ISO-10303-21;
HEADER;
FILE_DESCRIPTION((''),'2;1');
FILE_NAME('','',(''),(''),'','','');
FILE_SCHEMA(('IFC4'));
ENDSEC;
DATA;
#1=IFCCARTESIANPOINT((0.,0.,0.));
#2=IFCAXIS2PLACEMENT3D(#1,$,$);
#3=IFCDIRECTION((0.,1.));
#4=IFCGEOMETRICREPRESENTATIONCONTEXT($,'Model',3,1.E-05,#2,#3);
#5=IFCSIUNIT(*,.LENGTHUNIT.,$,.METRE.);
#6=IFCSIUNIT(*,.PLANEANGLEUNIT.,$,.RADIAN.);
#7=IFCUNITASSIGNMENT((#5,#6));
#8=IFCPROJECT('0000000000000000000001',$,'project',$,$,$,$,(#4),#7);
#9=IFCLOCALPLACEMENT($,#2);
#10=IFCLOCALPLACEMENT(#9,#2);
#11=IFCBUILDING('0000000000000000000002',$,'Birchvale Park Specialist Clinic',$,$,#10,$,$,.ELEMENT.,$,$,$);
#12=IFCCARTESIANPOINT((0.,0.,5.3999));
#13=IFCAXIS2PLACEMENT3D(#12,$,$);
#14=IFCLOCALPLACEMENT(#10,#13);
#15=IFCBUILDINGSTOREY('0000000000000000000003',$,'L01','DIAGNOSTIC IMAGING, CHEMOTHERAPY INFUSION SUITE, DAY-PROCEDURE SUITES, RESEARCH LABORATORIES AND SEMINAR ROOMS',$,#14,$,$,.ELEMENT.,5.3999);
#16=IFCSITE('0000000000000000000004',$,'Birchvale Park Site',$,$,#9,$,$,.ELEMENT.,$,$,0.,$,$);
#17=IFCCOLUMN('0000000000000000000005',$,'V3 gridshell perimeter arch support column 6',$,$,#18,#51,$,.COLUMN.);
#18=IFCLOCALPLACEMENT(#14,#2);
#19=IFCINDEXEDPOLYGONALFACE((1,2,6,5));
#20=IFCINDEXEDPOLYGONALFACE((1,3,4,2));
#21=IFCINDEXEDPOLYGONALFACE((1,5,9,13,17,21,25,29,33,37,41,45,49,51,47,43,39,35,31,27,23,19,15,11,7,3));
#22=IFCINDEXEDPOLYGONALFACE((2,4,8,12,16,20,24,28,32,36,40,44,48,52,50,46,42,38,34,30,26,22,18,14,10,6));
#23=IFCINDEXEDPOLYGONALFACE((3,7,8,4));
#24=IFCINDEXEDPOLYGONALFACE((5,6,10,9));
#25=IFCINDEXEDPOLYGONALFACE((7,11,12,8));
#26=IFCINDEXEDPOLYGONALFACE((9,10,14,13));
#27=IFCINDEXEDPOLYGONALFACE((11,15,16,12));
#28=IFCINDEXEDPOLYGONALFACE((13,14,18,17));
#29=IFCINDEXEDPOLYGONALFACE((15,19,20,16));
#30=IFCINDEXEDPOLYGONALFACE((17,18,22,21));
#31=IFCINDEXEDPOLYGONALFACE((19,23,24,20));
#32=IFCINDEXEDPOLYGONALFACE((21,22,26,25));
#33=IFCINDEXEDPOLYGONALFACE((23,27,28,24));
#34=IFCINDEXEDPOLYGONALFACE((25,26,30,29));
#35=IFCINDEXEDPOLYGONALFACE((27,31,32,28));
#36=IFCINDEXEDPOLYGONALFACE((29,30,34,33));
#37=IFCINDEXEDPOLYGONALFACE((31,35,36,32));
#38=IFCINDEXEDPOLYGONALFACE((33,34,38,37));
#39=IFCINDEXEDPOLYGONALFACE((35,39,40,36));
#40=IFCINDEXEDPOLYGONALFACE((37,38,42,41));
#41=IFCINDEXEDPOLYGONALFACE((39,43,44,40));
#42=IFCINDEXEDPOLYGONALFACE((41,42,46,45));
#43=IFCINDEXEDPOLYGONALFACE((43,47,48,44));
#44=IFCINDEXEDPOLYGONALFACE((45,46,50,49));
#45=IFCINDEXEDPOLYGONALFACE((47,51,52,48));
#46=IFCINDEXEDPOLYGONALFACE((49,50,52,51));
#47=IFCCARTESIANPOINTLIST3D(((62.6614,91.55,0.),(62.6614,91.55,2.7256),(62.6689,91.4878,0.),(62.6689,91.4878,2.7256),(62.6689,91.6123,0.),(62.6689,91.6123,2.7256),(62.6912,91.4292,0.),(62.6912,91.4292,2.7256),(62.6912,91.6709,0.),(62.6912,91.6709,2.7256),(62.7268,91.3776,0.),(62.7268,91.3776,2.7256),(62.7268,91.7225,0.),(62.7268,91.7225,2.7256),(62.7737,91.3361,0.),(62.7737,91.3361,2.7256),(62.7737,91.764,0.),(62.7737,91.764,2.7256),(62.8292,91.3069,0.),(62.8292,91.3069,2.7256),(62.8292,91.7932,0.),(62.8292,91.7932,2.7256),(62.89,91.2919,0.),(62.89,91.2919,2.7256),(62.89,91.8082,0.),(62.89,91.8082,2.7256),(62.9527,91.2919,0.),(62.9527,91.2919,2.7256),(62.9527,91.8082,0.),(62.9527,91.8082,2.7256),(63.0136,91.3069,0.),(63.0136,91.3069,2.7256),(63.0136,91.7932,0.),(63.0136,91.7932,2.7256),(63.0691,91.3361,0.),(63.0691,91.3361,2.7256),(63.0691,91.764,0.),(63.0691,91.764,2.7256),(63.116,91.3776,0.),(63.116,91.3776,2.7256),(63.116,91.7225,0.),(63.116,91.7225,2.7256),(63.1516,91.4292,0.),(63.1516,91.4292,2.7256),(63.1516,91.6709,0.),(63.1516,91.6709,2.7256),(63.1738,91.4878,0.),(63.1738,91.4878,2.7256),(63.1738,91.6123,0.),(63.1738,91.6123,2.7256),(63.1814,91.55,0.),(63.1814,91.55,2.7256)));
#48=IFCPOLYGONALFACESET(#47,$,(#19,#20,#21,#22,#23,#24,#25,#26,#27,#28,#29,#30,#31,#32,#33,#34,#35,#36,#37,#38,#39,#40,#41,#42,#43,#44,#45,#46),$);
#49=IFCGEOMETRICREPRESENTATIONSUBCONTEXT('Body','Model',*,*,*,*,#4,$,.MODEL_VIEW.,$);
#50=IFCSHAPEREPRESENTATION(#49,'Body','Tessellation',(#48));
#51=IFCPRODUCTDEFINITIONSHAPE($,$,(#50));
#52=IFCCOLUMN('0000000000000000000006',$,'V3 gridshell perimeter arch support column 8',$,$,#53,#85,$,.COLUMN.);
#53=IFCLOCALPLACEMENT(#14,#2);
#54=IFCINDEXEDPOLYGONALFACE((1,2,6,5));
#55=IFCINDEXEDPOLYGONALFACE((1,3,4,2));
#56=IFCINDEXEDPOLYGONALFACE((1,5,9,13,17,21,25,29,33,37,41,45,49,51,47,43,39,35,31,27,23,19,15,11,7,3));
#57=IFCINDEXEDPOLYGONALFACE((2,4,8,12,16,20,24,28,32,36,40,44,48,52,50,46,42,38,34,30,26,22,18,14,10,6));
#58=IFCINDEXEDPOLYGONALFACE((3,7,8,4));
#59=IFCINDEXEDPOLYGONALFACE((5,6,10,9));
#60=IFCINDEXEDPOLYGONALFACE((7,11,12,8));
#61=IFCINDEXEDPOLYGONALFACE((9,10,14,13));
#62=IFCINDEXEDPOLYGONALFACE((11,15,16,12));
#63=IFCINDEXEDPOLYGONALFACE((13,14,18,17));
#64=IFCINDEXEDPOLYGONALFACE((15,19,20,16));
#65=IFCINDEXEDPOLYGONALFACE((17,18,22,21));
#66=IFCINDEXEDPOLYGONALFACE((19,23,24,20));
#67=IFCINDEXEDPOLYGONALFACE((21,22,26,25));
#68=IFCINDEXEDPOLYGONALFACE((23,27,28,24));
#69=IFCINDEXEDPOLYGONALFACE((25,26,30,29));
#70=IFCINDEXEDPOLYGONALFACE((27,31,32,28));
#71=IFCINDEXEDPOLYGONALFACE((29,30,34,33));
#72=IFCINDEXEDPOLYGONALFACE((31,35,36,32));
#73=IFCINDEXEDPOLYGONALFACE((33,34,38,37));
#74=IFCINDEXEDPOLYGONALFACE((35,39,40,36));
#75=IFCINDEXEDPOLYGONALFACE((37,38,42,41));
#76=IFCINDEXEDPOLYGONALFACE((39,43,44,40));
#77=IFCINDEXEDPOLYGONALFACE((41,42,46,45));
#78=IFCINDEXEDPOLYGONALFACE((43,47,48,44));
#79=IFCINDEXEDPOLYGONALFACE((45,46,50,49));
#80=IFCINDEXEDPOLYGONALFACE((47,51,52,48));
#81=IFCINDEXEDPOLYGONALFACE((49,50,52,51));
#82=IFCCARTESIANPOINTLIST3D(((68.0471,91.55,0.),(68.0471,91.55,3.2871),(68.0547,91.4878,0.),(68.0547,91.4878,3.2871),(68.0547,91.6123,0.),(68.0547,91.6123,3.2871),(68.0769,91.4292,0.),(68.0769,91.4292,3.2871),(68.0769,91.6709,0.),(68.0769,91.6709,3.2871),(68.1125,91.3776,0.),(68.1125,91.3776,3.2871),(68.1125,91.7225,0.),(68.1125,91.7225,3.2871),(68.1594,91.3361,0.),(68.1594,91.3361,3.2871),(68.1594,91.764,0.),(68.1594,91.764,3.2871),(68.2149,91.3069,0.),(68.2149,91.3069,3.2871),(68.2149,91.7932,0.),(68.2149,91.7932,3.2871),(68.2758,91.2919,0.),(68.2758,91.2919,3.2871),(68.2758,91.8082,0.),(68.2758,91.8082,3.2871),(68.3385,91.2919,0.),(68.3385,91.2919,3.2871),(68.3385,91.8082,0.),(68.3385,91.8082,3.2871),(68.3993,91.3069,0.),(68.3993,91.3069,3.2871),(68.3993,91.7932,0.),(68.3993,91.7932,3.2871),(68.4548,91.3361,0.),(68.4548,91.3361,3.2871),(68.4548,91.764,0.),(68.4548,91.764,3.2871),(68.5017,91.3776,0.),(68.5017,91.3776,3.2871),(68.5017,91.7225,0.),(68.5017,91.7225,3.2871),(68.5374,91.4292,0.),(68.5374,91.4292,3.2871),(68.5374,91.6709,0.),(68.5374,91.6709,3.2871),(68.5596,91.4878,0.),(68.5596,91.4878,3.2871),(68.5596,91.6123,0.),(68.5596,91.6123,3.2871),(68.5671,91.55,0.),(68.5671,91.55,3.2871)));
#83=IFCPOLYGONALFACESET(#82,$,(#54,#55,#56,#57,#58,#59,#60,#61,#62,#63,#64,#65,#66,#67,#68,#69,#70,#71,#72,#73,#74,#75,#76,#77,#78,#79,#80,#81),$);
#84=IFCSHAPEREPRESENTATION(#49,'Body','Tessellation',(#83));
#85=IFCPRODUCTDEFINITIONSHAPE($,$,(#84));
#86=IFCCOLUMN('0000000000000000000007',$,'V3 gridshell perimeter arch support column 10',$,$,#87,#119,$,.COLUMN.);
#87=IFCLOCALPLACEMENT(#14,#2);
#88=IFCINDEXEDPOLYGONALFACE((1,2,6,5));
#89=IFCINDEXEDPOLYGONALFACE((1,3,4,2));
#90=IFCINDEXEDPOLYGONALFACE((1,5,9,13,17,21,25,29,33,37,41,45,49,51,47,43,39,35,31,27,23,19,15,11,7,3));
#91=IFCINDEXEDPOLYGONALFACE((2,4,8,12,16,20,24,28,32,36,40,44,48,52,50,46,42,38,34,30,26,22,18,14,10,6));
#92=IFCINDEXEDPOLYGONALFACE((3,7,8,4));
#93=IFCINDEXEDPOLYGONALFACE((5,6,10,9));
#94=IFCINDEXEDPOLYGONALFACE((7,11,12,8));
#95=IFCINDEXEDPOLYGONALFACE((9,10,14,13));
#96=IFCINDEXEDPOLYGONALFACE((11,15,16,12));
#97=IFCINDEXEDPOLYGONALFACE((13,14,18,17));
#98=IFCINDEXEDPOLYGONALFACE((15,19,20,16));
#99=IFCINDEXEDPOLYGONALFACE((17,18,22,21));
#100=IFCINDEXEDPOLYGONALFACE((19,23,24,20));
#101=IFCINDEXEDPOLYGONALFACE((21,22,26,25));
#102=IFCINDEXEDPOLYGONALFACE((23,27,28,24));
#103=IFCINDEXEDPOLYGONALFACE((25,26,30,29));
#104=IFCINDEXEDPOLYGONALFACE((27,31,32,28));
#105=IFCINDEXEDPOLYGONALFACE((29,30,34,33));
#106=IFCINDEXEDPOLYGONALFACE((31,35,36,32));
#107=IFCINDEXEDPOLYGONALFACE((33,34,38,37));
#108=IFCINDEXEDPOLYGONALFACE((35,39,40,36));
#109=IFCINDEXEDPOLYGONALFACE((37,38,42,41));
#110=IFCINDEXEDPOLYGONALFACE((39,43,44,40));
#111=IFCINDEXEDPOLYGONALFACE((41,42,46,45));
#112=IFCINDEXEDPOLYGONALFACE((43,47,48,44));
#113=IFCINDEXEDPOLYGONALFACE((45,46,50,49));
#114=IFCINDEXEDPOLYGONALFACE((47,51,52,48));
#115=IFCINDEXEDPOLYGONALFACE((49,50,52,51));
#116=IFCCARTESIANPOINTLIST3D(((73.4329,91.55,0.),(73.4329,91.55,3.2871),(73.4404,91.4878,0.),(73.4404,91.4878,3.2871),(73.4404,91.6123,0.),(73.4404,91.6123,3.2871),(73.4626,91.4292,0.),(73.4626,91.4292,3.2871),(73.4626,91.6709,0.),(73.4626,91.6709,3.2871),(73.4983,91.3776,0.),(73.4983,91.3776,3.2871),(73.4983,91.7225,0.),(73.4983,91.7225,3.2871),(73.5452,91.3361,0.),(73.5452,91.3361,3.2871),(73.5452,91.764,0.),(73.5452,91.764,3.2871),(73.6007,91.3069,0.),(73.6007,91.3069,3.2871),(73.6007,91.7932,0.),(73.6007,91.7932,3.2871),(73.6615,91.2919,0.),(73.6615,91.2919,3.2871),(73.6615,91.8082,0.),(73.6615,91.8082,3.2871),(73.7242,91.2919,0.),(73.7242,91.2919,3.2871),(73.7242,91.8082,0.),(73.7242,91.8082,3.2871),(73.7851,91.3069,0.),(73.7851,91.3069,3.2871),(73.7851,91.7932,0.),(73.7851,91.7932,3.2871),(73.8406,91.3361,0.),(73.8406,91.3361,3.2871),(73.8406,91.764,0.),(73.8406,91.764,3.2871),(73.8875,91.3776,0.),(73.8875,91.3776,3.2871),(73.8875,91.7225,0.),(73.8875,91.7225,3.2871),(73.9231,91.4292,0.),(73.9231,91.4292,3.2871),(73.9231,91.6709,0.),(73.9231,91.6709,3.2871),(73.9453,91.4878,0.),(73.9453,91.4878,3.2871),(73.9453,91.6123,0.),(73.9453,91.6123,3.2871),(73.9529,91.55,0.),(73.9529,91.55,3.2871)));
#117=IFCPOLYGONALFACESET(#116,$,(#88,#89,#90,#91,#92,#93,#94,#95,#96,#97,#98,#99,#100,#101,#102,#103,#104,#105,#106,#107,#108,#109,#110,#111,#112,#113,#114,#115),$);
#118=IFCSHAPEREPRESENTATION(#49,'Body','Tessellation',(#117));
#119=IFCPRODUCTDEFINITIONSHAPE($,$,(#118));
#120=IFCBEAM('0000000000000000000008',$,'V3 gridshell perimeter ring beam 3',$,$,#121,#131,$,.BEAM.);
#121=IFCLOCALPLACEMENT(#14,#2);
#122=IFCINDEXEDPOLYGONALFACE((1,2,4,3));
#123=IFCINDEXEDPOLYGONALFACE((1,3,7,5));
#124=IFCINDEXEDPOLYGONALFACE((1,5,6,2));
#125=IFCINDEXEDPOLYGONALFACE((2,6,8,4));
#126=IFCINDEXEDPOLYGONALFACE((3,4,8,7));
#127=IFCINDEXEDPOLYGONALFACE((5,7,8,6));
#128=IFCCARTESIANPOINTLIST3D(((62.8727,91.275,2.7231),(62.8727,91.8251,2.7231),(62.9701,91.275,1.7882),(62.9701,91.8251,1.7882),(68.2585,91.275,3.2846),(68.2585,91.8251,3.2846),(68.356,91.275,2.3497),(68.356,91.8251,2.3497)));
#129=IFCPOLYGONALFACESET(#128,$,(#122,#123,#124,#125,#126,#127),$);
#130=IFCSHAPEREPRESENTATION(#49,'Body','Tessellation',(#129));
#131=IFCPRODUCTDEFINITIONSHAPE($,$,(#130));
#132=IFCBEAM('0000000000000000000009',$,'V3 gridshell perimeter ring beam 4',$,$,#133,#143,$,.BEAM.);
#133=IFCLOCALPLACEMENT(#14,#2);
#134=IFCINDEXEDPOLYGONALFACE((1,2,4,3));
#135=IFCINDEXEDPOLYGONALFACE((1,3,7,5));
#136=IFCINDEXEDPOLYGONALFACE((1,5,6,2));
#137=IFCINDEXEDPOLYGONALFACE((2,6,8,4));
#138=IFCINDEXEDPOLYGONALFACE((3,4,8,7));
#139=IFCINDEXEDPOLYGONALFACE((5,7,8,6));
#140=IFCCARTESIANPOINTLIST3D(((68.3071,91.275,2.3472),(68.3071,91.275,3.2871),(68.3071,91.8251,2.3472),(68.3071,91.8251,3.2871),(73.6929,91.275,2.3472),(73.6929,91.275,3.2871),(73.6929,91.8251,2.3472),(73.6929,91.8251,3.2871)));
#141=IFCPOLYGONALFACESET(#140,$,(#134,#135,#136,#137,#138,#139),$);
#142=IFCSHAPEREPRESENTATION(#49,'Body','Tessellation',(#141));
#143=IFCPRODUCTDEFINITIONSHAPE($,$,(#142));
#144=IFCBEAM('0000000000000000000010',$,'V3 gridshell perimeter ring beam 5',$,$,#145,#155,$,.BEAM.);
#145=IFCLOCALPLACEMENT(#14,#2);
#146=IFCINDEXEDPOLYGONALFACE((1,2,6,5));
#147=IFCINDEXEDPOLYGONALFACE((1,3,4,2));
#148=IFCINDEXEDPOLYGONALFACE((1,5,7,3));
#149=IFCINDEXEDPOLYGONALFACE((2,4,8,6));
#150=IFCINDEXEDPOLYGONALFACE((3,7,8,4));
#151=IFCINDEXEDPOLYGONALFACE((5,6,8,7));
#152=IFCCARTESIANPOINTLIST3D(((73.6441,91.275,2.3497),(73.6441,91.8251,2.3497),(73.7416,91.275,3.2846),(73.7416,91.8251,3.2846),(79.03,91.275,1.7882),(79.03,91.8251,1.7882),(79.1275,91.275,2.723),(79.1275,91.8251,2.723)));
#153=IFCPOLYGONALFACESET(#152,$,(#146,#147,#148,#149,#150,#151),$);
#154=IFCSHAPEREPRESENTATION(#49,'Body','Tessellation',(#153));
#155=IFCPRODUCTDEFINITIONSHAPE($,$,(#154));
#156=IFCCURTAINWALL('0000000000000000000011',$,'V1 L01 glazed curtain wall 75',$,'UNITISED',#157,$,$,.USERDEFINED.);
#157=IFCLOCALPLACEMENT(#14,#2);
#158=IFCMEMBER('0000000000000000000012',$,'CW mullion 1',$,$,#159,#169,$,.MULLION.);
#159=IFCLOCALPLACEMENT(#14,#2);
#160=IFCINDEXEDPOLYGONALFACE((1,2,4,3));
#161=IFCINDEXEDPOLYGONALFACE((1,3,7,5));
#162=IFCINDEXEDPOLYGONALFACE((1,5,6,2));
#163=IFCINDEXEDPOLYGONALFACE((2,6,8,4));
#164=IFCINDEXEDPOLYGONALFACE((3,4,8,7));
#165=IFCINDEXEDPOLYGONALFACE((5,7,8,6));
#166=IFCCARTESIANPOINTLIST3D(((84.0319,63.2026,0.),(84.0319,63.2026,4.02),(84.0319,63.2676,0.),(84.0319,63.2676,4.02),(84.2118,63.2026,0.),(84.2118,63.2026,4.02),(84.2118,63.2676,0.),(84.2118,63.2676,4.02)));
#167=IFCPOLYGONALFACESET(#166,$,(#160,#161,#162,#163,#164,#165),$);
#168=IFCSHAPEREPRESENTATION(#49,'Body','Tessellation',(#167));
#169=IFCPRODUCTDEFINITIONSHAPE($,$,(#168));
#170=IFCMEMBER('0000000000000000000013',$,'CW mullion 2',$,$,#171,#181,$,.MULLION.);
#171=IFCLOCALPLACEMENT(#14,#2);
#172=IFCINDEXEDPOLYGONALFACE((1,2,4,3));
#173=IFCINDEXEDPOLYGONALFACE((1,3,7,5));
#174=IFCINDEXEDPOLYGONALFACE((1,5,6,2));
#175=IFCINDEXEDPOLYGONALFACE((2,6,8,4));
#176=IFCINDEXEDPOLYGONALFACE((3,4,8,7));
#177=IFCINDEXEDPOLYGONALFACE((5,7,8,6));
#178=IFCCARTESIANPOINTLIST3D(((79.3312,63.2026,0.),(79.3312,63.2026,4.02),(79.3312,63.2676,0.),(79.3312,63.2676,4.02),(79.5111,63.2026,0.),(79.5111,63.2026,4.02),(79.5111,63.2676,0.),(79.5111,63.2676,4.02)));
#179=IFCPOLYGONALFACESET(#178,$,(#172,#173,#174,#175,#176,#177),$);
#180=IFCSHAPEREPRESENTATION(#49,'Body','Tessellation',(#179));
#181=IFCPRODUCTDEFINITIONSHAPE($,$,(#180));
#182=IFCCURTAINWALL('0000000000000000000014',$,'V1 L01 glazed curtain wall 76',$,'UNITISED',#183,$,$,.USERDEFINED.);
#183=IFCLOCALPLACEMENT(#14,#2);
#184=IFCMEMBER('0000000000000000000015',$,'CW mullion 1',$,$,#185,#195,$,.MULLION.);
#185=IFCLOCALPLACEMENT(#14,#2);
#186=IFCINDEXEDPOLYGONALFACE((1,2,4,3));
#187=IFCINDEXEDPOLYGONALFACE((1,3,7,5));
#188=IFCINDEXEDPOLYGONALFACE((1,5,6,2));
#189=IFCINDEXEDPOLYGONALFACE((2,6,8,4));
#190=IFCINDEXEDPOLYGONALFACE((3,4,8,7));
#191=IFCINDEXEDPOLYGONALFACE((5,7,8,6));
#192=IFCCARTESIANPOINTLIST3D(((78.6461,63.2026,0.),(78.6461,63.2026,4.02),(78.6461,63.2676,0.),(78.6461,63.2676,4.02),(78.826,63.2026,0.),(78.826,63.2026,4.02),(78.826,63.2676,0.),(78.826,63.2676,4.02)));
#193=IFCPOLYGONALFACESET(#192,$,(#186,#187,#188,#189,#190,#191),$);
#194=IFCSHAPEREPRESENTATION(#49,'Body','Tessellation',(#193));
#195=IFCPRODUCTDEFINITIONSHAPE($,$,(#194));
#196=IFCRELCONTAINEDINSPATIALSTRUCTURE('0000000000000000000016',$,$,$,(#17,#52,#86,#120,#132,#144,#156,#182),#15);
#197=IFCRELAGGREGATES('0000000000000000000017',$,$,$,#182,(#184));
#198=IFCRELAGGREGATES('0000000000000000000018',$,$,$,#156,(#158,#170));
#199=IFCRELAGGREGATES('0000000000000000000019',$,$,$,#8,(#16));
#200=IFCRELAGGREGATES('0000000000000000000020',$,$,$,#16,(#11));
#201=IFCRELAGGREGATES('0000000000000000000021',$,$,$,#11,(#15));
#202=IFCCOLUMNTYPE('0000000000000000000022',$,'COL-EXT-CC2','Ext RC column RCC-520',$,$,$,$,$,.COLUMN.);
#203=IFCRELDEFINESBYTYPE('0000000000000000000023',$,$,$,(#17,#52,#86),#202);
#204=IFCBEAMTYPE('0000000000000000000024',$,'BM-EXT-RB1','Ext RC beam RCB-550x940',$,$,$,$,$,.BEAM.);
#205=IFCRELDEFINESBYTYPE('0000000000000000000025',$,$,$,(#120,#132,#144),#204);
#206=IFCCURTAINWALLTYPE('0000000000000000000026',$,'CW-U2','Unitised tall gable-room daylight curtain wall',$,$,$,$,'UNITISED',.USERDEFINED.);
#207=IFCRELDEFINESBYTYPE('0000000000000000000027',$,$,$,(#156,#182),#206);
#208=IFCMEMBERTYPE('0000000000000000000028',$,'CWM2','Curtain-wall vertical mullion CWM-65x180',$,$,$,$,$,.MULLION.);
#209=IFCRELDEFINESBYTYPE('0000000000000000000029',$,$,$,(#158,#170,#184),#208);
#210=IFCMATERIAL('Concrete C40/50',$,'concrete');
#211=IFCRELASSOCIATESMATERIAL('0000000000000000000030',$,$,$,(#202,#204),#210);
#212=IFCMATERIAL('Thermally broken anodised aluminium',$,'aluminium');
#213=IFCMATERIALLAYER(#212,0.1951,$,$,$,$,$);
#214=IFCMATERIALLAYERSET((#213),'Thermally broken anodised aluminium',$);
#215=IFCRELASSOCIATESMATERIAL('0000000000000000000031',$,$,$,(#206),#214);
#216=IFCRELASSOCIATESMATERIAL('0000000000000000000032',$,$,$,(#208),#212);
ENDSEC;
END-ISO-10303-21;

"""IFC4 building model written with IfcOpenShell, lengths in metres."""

from ifc_helpers import new_model, si_unit, direction, frame, origin, origin_2d, place, context, subcontext, project, spatial, rectangle, circle, extrude, material, layer, layer_set, material_profile, profile_set, type_object, element, aggregate, save


model = new_model("IFC4")

# Units and contexts
model_context = context("Model", 3, precision=1e-05, world=origin(), true_north=direction((0.0, 1.0)))
body_context = subcontext(model_context, "Body", "Model", "MODEL_VIEW")
ifc_project = project(units=[si_unit("LENGTHUNIT", "METRE"), si_unit("PLANEANGLEUNIT", "RADIAN")], contexts=[model_context])

# Site, building, storey
site_placement = place(None, origin())
site = spatial("IfcSite", under=ifc_project, at=site_placement, Name="Birchvale Park Site", CompositionType="ELEMENT", RefElevation=0.0)
building_placement = place(site_placement, origin())
building = spatial("IfcBuilding", under=site, at=building_placement, Name="Birchvale Park Specialist Clinic", CompositionType="ELEMENT")
storey_placement = place(building_placement, frame((0.0, 0.0, 5.3999)))
storey = spatial("IfcBuildingStorey", under=building, at=storey_placement, Name="L01", Description="DIAGNOSTIC IMAGING, CHEMOTHERAPY INFUSION SUITE, DAY-PROCEDURE SUITES, RESEARCH LABORATORIES AND SEMINAR ROOMS", CompositionType="ELEMENT", Elevation=5.3999)

# Columns
ifc_material_1 = material(Name="Concrete C40/50", Category="concrete")
ifc_material_profile_1 = material_profile(ifc_material_1, circle(Radius=0.26, at=origin_2d()), Name="RCC-520")
ifc_profile_set_1 = profile_set([ifc_material_profile_1], Name="Concrete C40/50")
column_type = type_object("IfcColumnType", Name="COL-EXT-CC2", Description="Ext RC column RCC-520", PredefinedType="COLUMN", material=ifc_profile_set_1)
column_placement = place(storey_placement, frame((62.9214, 91.55, 0.0), z_axis=(0.0, 0.0, 1.0), x_axis=(1.0, 0.0, 0.0)))
element("IfcColumn", 1, at=column_placement, inside=storey, type_object=column_type, Name="V3 gridshell perimeter arch support column 6", PredefinedType="COLUMN", context=body_context, shape_type="SweptSolid", body=[
    extrude(circle(Radius=0.26, at=origin_2d()), origin(), (0.0, 0.0, 1.0), 2.7256),
])
for number, where, z_axis, x_axis, name in (
    (2, (68.3071, 91.55, 0.0), (0.0, 0.0, 1.0), (1.0, 0.0, 0.0), "V3 gridshell perimeter arch support column 8"),
    (3, (73.6929, 91.55, 0.0), (0.0, 0.0, 1.0), (1.0, 0.0, 0.0), "V3 gridshell perimeter arch support column 10"),
):
    element("IfcColumn", number, at=place(storey_placement, frame(where, z_axis=z_axis, x_axis=x_axis)), inside=storey, type_object=column_type, Name=name, PredefinedType="COLUMN", context=body_context, shape_type="SweptSolid", body=[
        extrude(circle(Radius=0.26, at=origin_2d()), origin(), (0.0, 0.0, 1.0), 3.2871),
    ])

# Beams
ifc_material_profile_2 = material_profile(ifc_material_1, rectangle(XDim=0.55, YDim=0.9399, at=origin_2d()), Name="RCB-550x940")
ifc_profile_set_2 = profile_set([ifc_material_profile_2], Name="Concrete C40/50")
beam_type = type_object("IfcBeamType", Name="BM-EXT-RB1", Description="Ext RC beam RCB-550x940", PredefinedType="BEAM", material=ifc_profile_set_2)
beam_1_placement = place(storey_placement, frame((62.9214, 91.55, 2.2556), z_axis=(0.994609, 0.0, 0.103699), x_axis=(0.0, 1.0, 0.0)))
element("IfcBeam", 4, at=beam_1_placement, inside=storey, type_object=beam_type, Name="V3 gridshell perimeter ring beam 3", PredefinedType="BEAM", context=body_context, shape_type="SweptSolid", body=[
    extrude(rectangle(XDim=0.55, YDim=0.9399, at=origin_2d()), origin(), (0.0, 0.0, 1.0), 5.415),
])
beam_2_placement = place(storey_placement, frame((68.3071, 91.55, 2.8171), z_axis=(1.0, 0.0, 0.0), x_axis=(0.0, 1.0, 0.0)))
element("IfcBeam", 5, at=beam_2_placement, inside=storey, type_object=beam_type, Name="V3 gridshell perimeter ring beam 4", PredefinedType="BEAM", context=body_context, shape_type="SweptSolid", body=[
    extrude(rectangle(XDim=0.55, YDim=0.9399, at=origin_2d()), origin(), (0.0, 0.0, 1.0), 5.3857),
])
beam_3_placement = place(storey_placement, frame((73.6929, 91.55, 2.8171), z_axis=(0.994609, 0.0, -0.103699), x_axis=(0.0, 1.0, 0.0)))
element("IfcBeam", 6, at=beam_3_placement, inside=storey, type_object=beam_type, Name="V3 gridshell perimeter ring beam 5", PredefinedType="BEAM", context=body_context, shape_type="SweptSolid", body=[
    extrude(rectangle(XDim=0.55, YDim=0.9399, at=origin_2d()), origin(), (0.0, 0.0, 1.0), 5.415),
])

# Curtain wall, members
ifc_material_2 = material(Name="Thermally broken anodised aluminium", Category="aluminium")
ifc_layer_1 = layer(ifc_material_2, 0.1951)
ifc_layer_set_1 = layer_set([ifc_layer_1], Name="Thermally broken anodised aluminium")
curtain_wall_type = type_object("IfcCurtainWallType", Name="CW-U2", Description="Unitised tall gable-room daylight curtain wall", ElementType="UNITISED", PredefinedType="USERDEFINED", material=ifc_layer_set_1)
curtain_wall_1_placement = place(storey_placement, origin())
curtain_wall_1 = element("IfcCurtainWall", 7, at=curtain_wall_1_placement, inside=storey, type_object=curtain_wall_type, Name="V1 L01 glazed curtain wall 75", ObjectType="UNITISED", PredefinedType="USERDEFINED")
ifc_material_profile_3 = material_profile(ifc_material_2, rectangle(XDim=0.0649, YDim=0.1799, at=origin_2d()), Name="CWM-65x180")
ifc_profile_set_3 = profile_set([ifc_material_profile_3], Name="Thermally broken anodised aluminium")
member_type_1 = type_object("IfcMemberType", Name="CWM2", Description="Curtain-wall vertical mullion CWM-65x180", PredefinedType="MULLION", material=ifc_profile_set_3)
member_1_placement = place(storey_placement, frame((84.1218, 63.2351, 0.0), z_axis=(0.0, 0.0, 1.0), x_axis=(0.0, -1.0, 0.0)))
member_1 = element("IfcMember", 8, at=member_1_placement, type_object=member_type_1, Name="CW mullion 1", PredefinedType="MULLION", context=body_context, shape_type="SweptSolid", body=[
    extrude(rectangle(XDim=0.0649, YDim=0.1799, at=origin_2d()), origin(), (0.0, 0.0, 1.0), 4.02),
])
member_2_placement = place(storey_placement, frame((79.4211, 63.2351, 0.0), z_axis=(0.0, 0.0, 1.0), x_axis=(0.0, -1.0, 0.0)))
member_2 = element("IfcMember", 9, at=member_2_placement, type_object=member_type_1, Name="CW mullion 2", PredefinedType="MULLION", context=body_context, shape_type="SweptSolid", body=[
    extrude(rectangle(XDim=0.0649, YDim=0.1799, at=origin_2d()), origin(), (0.0, 0.0, 1.0), 4.02),
])

# Curtain wall, member
curtain_wall_2_placement = place(storey_placement, origin())
curtain_wall_2 = element("IfcCurtainWall", 10, at=curtain_wall_2_placement, inside=storey, type_object=curtain_wall_type, Name="V1 L01 glazed curtain wall 76", ObjectType="UNITISED", PredefinedType="USERDEFINED")
member_3_placement = place(storey_placement, frame((78.7361, 63.2351, 0.0), z_axis=(0.0, 0.0, 1.0), x_axis=(0.0, -1.0, 0.0)))
member_3 = element("IfcMember", 11, at=member_3_placement, type_object=member_type_1, Name="CW mullion 1", PredefinedType="MULLION", context=body_context, shape_type="SweptSolid", body=[
    extrude(rectangle(XDim=0.0649, YDim=0.1799, at=origin_2d()), origin(), (0.0, 0.0, 1.0), 4.02),
])

aggregate(curtain_wall_2, [member_3])

aggregate(curtain_wall_1, [member_1, member_2])

save(model, "model.ifc")
